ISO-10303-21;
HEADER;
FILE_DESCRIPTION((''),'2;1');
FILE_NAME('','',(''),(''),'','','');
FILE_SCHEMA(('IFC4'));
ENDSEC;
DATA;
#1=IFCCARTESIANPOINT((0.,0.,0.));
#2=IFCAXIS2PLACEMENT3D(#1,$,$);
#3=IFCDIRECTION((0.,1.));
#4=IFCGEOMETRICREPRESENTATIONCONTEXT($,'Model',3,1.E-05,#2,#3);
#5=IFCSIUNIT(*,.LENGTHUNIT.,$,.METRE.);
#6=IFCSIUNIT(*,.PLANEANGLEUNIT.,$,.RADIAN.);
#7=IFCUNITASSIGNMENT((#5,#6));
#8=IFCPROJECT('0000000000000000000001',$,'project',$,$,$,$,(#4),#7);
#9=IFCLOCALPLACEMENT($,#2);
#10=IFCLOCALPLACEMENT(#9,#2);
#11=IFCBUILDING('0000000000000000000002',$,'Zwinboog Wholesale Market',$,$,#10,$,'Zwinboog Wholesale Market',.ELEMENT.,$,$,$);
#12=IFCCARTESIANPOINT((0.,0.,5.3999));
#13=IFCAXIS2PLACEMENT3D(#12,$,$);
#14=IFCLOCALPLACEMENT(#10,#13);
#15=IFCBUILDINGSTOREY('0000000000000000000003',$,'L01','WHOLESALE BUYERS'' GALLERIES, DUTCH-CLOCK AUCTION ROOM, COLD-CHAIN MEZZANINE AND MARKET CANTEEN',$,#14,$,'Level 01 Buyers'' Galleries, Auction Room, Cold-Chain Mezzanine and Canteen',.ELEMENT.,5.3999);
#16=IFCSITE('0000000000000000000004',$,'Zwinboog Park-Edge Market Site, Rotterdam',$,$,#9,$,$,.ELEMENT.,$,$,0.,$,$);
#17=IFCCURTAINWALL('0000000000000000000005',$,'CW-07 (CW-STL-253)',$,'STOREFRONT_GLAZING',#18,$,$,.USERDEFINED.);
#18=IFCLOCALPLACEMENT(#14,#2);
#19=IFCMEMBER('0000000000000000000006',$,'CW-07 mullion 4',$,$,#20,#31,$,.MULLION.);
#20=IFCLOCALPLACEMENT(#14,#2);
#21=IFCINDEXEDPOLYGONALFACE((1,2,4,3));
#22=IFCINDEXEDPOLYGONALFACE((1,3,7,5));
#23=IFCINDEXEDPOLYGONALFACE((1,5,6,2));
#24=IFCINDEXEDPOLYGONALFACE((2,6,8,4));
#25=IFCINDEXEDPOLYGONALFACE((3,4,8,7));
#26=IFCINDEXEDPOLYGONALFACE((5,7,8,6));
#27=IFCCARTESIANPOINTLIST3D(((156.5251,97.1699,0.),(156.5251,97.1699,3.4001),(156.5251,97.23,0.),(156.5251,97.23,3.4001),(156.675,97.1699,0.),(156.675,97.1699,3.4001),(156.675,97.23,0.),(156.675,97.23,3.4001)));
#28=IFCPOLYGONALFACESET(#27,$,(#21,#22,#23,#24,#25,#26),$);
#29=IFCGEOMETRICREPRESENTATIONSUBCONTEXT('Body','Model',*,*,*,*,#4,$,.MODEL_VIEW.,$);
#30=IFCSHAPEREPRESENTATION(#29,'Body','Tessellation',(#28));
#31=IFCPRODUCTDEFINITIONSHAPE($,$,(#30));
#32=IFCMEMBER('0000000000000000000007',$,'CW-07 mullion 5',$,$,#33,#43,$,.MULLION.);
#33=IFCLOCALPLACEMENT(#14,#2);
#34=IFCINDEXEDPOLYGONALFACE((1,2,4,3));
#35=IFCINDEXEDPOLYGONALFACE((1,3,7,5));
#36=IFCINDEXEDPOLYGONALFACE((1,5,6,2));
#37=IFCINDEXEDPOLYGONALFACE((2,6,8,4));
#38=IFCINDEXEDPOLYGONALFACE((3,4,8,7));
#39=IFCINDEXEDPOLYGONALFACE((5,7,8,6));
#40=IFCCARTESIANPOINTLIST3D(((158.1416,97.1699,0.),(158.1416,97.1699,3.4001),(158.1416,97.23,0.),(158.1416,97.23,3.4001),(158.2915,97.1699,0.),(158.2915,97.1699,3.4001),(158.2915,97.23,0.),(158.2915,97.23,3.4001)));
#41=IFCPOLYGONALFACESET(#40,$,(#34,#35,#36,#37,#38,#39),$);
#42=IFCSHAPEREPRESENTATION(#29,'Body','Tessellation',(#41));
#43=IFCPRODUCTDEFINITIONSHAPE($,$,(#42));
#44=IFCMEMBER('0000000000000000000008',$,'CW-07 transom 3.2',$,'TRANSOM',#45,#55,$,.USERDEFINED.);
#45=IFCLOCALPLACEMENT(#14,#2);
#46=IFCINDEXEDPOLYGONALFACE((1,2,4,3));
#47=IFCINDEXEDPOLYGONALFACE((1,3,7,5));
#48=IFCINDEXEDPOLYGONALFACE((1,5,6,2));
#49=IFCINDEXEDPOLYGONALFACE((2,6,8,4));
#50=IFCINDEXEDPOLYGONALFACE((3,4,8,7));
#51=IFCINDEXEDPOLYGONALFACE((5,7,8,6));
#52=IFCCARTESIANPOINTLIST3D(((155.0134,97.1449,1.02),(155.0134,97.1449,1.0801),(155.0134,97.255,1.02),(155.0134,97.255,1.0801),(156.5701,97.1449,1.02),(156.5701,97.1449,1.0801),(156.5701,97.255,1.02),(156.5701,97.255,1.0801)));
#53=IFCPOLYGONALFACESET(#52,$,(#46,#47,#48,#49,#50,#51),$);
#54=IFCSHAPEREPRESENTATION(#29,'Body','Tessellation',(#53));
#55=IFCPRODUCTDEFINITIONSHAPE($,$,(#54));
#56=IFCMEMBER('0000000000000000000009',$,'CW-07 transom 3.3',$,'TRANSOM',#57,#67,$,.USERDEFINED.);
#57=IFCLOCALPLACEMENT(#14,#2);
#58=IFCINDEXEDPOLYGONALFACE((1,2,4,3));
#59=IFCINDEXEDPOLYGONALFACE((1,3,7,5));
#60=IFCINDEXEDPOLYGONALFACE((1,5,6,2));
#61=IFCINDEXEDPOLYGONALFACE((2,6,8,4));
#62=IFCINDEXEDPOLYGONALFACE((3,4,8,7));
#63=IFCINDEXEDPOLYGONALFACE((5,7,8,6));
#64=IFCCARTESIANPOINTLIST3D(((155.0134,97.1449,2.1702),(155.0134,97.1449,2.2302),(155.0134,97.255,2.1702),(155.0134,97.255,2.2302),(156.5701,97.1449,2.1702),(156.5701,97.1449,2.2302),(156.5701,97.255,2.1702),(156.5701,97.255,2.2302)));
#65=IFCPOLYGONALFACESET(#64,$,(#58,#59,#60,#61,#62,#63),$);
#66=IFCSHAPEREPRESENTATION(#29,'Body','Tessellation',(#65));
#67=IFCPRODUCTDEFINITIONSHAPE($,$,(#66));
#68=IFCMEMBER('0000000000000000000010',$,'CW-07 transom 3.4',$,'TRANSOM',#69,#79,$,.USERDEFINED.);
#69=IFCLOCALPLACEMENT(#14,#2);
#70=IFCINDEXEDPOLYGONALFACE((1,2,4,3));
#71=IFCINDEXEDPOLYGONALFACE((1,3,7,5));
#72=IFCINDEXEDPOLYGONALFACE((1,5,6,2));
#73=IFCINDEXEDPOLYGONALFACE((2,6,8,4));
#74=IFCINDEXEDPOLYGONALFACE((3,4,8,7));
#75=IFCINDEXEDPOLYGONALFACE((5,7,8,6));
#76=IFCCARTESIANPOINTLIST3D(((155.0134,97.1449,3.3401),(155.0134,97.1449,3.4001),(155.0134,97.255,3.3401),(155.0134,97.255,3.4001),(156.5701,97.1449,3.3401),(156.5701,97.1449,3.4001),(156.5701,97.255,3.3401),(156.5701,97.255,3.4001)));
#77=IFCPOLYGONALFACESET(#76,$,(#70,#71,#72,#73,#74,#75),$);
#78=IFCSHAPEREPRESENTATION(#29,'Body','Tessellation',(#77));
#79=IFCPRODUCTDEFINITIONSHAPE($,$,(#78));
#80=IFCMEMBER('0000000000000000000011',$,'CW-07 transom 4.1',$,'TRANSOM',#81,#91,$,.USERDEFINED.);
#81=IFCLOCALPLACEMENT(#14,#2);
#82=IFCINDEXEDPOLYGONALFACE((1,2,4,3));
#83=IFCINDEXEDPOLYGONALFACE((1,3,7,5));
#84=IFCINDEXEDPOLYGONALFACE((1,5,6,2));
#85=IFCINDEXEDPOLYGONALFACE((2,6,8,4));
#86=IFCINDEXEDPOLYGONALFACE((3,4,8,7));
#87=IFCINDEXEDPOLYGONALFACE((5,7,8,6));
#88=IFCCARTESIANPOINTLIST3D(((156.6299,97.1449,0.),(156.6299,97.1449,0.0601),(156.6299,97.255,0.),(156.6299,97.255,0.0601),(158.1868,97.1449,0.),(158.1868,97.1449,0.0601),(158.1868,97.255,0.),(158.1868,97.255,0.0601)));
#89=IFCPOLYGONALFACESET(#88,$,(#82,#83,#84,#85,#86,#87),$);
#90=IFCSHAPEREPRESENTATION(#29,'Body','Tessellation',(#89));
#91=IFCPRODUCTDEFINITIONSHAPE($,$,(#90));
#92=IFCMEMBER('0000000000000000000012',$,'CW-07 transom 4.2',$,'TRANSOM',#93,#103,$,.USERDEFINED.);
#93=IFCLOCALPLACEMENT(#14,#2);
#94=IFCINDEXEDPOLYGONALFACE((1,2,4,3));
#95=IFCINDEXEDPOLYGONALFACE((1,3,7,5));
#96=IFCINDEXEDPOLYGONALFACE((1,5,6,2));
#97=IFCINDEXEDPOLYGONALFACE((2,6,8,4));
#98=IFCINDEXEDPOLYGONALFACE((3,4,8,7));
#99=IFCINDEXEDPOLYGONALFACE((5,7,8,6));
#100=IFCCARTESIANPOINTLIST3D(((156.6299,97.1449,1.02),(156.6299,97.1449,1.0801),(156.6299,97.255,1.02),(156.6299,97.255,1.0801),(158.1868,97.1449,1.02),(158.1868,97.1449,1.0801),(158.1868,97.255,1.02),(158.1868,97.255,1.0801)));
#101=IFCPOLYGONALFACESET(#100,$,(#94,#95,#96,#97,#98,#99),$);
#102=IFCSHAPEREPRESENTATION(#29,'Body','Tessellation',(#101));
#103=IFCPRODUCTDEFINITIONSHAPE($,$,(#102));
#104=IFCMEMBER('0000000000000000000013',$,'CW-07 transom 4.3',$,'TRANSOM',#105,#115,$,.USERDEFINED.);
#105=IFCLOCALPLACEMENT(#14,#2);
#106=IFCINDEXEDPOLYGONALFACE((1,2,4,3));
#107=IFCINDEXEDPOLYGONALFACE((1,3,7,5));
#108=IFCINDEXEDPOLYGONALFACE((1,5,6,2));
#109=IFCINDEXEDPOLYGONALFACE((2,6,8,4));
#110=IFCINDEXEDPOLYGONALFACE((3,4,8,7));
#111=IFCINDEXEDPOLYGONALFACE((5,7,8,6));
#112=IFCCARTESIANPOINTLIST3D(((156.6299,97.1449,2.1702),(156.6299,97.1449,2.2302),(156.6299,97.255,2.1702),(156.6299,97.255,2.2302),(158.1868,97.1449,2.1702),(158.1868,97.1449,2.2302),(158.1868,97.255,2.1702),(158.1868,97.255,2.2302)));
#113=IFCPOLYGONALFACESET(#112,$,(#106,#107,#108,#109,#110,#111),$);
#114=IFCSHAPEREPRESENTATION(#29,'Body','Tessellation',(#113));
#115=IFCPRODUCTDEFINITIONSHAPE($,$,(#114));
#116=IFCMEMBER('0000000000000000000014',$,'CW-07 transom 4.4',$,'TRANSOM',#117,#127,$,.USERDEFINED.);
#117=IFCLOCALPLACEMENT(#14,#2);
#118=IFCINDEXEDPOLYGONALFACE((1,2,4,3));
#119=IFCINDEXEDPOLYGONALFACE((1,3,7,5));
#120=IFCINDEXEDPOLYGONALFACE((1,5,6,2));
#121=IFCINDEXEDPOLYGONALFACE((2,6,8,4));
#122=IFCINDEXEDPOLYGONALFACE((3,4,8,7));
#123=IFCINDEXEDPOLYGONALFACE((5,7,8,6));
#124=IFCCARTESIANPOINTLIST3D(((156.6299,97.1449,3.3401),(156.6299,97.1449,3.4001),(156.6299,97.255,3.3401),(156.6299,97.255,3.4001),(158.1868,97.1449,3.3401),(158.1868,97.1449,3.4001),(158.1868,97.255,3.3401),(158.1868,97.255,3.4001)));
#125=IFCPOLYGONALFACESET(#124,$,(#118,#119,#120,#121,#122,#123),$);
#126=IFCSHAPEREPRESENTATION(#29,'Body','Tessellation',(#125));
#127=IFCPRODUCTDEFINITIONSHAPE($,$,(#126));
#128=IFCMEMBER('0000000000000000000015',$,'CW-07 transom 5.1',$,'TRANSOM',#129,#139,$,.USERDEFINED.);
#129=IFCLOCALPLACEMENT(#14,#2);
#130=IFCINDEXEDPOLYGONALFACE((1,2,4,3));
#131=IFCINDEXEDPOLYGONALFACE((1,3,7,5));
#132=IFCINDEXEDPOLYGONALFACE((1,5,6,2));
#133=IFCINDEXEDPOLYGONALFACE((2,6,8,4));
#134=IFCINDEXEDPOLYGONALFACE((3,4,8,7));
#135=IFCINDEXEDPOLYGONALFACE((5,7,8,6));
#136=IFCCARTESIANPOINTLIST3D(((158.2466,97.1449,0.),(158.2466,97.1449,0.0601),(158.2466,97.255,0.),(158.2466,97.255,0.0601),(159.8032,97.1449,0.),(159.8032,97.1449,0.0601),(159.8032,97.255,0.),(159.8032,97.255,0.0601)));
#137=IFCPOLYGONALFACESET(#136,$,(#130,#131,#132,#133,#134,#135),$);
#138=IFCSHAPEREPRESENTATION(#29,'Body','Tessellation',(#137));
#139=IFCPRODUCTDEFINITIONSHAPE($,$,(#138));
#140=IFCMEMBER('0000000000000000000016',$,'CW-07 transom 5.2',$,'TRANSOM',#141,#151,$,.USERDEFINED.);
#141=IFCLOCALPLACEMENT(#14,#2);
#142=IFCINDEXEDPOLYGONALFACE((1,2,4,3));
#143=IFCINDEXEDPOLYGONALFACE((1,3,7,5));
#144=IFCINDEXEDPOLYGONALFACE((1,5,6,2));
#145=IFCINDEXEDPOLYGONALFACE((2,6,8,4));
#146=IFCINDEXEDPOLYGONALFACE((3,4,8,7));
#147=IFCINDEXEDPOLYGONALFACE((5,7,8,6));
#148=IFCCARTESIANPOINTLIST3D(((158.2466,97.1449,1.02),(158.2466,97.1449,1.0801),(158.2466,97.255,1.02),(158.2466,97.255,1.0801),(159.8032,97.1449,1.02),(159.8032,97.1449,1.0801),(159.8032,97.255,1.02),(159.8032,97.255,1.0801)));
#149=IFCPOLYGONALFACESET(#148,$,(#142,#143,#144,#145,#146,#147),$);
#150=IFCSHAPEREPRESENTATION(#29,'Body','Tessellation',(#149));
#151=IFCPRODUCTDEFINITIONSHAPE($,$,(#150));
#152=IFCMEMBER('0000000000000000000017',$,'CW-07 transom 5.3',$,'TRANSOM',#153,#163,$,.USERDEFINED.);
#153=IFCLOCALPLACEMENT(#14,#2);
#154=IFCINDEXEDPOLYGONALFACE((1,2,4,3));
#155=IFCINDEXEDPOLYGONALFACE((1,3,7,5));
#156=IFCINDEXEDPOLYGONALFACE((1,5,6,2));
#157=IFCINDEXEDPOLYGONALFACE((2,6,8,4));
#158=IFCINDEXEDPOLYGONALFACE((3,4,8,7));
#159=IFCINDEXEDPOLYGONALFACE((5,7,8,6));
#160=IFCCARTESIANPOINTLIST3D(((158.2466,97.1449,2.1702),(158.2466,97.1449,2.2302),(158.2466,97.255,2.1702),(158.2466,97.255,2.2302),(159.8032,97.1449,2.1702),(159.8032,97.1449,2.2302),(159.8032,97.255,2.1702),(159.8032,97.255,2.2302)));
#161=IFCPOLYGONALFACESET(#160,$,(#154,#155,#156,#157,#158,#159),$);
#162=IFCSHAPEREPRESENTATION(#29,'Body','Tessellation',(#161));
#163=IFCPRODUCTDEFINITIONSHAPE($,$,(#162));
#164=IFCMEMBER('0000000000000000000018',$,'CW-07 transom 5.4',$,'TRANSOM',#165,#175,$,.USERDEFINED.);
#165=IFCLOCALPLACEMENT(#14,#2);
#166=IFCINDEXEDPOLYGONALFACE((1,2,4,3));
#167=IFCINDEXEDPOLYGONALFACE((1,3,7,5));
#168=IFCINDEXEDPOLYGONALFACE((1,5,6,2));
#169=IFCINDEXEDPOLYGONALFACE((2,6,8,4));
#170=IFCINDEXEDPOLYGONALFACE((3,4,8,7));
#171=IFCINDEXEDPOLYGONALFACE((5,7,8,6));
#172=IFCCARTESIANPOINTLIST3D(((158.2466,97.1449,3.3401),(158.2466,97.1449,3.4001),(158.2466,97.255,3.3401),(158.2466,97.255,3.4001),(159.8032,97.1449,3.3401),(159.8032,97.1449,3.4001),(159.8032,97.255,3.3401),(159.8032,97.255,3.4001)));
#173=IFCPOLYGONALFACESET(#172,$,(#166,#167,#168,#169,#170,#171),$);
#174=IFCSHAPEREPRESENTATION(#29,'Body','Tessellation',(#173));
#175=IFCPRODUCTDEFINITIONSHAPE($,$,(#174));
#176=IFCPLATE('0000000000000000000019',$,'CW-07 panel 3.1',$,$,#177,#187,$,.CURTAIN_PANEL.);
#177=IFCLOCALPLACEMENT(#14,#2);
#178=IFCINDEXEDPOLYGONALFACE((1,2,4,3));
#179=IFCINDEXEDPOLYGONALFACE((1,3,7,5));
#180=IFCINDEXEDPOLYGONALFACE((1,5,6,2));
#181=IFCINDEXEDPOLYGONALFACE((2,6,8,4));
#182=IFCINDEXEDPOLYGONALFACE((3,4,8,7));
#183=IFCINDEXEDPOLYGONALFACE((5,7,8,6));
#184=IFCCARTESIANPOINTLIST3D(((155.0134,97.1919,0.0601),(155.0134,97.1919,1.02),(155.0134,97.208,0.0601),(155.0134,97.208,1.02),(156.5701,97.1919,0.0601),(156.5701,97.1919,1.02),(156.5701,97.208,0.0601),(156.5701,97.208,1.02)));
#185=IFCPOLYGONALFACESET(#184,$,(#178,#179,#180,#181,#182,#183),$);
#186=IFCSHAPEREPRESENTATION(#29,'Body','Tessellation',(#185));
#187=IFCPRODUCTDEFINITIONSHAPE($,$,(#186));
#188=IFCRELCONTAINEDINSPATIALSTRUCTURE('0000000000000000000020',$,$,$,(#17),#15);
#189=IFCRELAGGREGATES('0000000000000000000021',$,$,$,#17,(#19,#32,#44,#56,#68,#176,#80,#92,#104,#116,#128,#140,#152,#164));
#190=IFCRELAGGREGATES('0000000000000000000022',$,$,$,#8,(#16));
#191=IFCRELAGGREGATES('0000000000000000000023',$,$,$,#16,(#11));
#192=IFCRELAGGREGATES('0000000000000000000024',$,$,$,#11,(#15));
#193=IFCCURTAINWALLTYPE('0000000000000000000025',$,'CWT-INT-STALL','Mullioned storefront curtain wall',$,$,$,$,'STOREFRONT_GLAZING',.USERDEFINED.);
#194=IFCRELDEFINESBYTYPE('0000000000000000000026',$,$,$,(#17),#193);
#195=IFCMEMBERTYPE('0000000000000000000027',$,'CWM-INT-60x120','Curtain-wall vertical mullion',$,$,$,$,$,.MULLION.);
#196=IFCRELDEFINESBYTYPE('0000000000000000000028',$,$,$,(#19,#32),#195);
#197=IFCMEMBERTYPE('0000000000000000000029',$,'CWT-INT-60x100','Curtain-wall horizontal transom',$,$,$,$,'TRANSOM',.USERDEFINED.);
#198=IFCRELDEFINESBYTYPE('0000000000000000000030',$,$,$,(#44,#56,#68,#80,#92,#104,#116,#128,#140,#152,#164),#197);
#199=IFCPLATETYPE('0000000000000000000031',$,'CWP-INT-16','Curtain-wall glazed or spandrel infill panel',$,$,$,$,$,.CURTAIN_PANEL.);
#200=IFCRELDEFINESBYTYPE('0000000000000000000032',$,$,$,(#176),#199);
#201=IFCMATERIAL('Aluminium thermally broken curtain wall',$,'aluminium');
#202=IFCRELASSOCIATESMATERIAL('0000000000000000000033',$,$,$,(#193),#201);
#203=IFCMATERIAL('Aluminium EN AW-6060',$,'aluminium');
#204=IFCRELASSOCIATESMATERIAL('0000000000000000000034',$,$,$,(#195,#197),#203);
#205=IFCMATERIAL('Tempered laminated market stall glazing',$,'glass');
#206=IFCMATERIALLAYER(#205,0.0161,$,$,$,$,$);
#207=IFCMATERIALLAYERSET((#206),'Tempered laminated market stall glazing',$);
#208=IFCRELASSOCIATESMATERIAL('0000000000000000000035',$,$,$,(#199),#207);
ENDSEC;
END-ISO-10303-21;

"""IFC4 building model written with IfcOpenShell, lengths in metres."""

from ifc_helpers import new_model, si_unit, direction, frame, origin, origin_2d, place, context, subcontext, project, spatial, rectangle, extrude, material, layer, layer_set, material_profile, profile_set, type_object, element, aggregate, save


model = new_model("IFC4")

# Units and contexts
model_context = context("Model", 3, precision=1e-05, world=origin(), true_north=direction((0.0, 1.0)))
body_context = subcontext(model_context, "Body", "Model", "MODEL_VIEW")
ifc_project = project(units=[si_unit("LENGTHUNIT", "METRE"), si_unit("PLANEANGLEUNIT", "RADIAN")], contexts=[model_context])

# Site, building, storey
site_placement = place(None, origin())
site = spatial("IfcSite", under=ifc_project, at=site_placement, Name="Zwinboog Park-Edge Market Site, Rotterdam", CompositionType="ELEMENT", RefElevation=0.0)
building_placement = place(site_placement, origin())
building = spatial("IfcBuilding", under=site, at=building_placement, Name="Zwinboog Wholesale Market", LongName="Zwinboog Wholesale Market", CompositionType="ELEMENT")
storey_placement = place(building_placement, frame((0.0, 0.0, 5.3999)))
storey = spatial("IfcBuildingStorey", under=building, at=storey_placement, Name="L01", Description="WHOLESALE BUYERS' GALLERIES, DUTCH-CLOCK AUCTION ROOM, COLD-CHAIN MEZZANINE AND MARKET CANTEEN", LongName="Level 01 Buyers' Galleries, Auction Room, Cold-Chain Mezzanine and Canteen", CompositionType="ELEMENT", Elevation=5.3999)

# Curtain wall, members, plate
ifc_material_1 = material(Name="Aluminium thermally broken curtain wall", Category="aluminium")
curtain_wall_type = type_object("IfcCurtainWallType", Name="CWT-INT-STALL", Description="Mullioned storefront curtain wall", ElementType="STOREFRONT_GLAZING", PredefinedType="USERDEFINED", material=ifc_material_1)
curtain_wall_placement = place(storey_placement, origin())
curtain_wall = element("IfcCurtainWall", 1, at=curtain_wall_placement, inside=storey, type_object=curtain_wall_type, Name="CW-07 (CW-STL-253)", ObjectType="STOREFRONT_GLAZING", PredefinedType="USERDEFINED")
ifc_material_2 = material(Name="Aluminium EN AW-6060", Category="aluminium")
ifc_material_profile_1 = material_profile(ifc_material_2, rectangle(XDim=0.0601, YDim=0.1499, at=origin_2d()), Name="AL 60x150")
ifc_profile_set_1 = profile_set([ifc_material_profile_1], Name="Aluminium EN AW-6060")
member_type_1 = type_object("IfcMemberType", Name="CWM-INT-60x120", Description="Curtain-wall vertical mullion", PredefinedType="MULLION", material=ifc_profile_set_1)
member_1_placement = place(storey_placement, frame((156.6001, 97.2, 0.0), z_axis=(0.0, 0.0, 1.0), x_axis=(0.0, 1.0, 0.0)))
member_1 = element("IfcMember", 2, at=member_1_placement, type_object=member_type_1, Name="CW-07 mullion 4", PredefinedType="MULLION", context=body_context, shape_type="SweptSolid", body=[
    extrude(rectangle(XDim=0.0601, YDim=0.1499, at=origin_2d()), origin(), (0.0, 0.0, 1.0), 3.4001),
])
member_2_placement = place(storey_placement, frame((158.2166, 97.2, 0.0), z_axis=(0.0, 0.0, 1.0), x_axis=(0.0, 1.0, 0.0)))
member_2 = element("IfcMember", 3, at=member_2_placement, type_object=member_type_1, Name="CW-07 mullion 5", PredefinedType="MULLION", context=body_context, shape_type="SweptSolid", body=[
    extrude(rectangle(XDim=0.0601, YDim=0.1499, at=origin_2d()), origin(), (0.0, 0.0, 1.0), 3.4001),
])
ifc_material_profile_2 = material_profile(ifc_material_2, rectangle(XDim=0.1101, YDim=0.0601, at=origin_2d()), Name="AL 60x110")
ifc_profile_set_2 = profile_set([ifc_material_profile_2], Name="Aluminium EN AW-6060")
member_type_2 = type_object("IfcMemberType", Name="CWT-INT-60x100", Description="Curtain-wall horizontal transom", ElementType="TRANSOM", PredefinedType="USERDEFINED", material=ifc_profile_set_2)
member_3_placement = place(storey_placement, frame((155.0134, 97.2, 1.05), z_axis=(1.0, 0.0, 0.0), x_axis=(0.0, 1.0, 0.0)))
member_3 = element("IfcMember", 4, at=member_3_placement, type_object=member_type_2, Name="CW-07 transom 3.2", ObjectType="TRANSOM", PredefinedType="USERDEFINED", context=body_context, shape_type="SweptSolid", body=[
    extrude(rectangle(XDim=0.1101, YDim=0.0601, at=origin_2d()), origin(), (0.0, 0.0, 1.0), 1.5566),
])
member_4_placement = place(storey_placement, frame((155.0134, 97.2, 2.2002), z_axis=(1.0, 0.0, 0.0), x_axis=(0.0, 1.0, 0.0)))
member_4 = element("IfcMember", 5, at=member_4_placement, type_object=member_type_2, Name="CW-07 transom 3.3", ObjectType="TRANSOM", PredefinedType="USERDEFINED", context=body_context, shape_type="SweptSolid", body=[
    extrude(rectangle(XDim=0.1101, YDim=0.0601, at=origin_2d()), origin(), (0.0, 0.0, 1.0), 1.5566),
])
member_5_placement = place(storey_placement, frame((155.0134, 97.2, 3.3701), z_axis=(1.0, 0.0, 0.0), x_axis=(0.0, 1.0, 0.0)))
member_5 = element("IfcMember", 6, at=member_5_placement, type_object=member_type_2, Name="CW-07 transom 3.4", ObjectType="TRANSOM", PredefinedType="USERDEFINED", context=body_context, shape_type="SweptSolid", body=[
    extrude(rectangle(XDim=0.1101, YDim=0.0601, at=origin_2d()), origin(), (0.0, 0.0, 1.0), 1.5566),
])
member_6_placement = place(storey_placement, frame((156.6299, 97.2, 0.03), z_axis=(1.0, 0.0, 0.0), x_axis=(0.0, 1.0, 0.0)))
member_6 = element("IfcMember", 7, at=member_6_placement, type_object=member_type_2, Name="CW-07 transom 4.1", ObjectType="TRANSOM", PredefinedType="USERDEFINED", context=body_context, shape_type="SweptSolid", body=[
    extrude(rectangle(XDim=0.1101, YDim=0.0601, at=origin_2d()), origin(), (0.0, 0.0, 1.0), 1.5569),
])
member_7_placement = place(storey_placement, frame((156.6299, 97.2, 1.05), z_axis=(1.0, 0.0, 0.0), x_axis=(0.0, 1.0, 0.0)))
member_7 = element("IfcMember", 8, at=member_7_placement, type_object=member_type_2, Name="CW-07 transom 4.2", ObjectType="TRANSOM", PredefinedType="USERDEFINED", context=body_context, shape_type="SweptSolid", body=[
    extrude(rectangle(XDim=0.1101, YDim=0.0601, at=origin_2d()), origin(), (0.0, 0.0, 1.0), 1.5569),
])
member_8_placement = place(storey_placement, frame((156.6299, 97.2, 2.2002), z_axis=(1.0, 0.0, 0.0), x_axis=(0.0, 1.0, 0.0)))
member_8 = element("IfcMember", 9, at=member_8_placement, type_object=member_type_2, Name="CW-07 transom 4.3", ObjectType="TRANSOM", PredefinedType="USERDEFINED", context=body_context, shape_type="SweptSolid", body=[
    extrude(rectangle(XDim=0.1101, YDim=0.0601, at=origin_2d()), origin(), (0.0, 0.0, 1.0), 1.5569),
])
member_9_placement = place(storey_placement, frame((156.6299, 97.2, 3.3701), z_axis=(1.0, 0.0, 0.0), x_axis=(0.0, 1.0, 0.0)))
member_9 = element("IfcMember", 10, at=member_9_placement, type_object=member_type_2, Name="CW-07 transom 4.4", ObjectType="TRANSOM", PredefinedType="USERDEFINED", context=body_context, shape_type="SweptSolid", body=[
    extrude(rectangle(XDim=0.1101, YDim=0.0601, at=origin_2d()), origin(), (0.0, 0.0, 1.0), 1.5569),
])
member_10_placement = place(storey_placement, frame((158.2466, 97.2, 0.03), z_axis=(1.0, 0.0, 0.0), x_axis=(0.0, 1.0, 0.0)))
member_10 = element("IfcMember", 11, at=member_10_placement, type_object=member_type_2, Name="CW-07 transom 5.1", ObjectType="TRANSOM", PredefinedType="USERDEFINED", context=body_context, shape_type="SweptSolid", body=[
    extrude(rectangle(XDim=0.1101, YDim=0.0601, at=origin_2d()), origin(), (0.0, 0.0, 1.0), 1.5566),
])
member_11_placement = place(storey_placement, frame((158.2466, 97.2, 1.05), z_axis=(1.0, 0.0, 0.0), x_axis=(0.0, 1.0, 0.0)))
member_11 = element("IfcMember", 12, at=member_11_placement, type_object=member_type_2, Name="CW-07 transom 5.2", ObjectType="TRANSOM", PredefinedType="USERDEFINED", context=body_context, shape_type="SweptSolid", body=[
    extrude(rectangle(XDim=0.1101, YDim=0.0601, at=origin_2d()), origin(), (0.0, 0.0, 1.0), 1.5566),
])
member_12_placement = place(storey_placement, frame((158.2466, 97.2, 2.2002), z_axis=(1.0, 0.0, 0.0), x_axis=(0.0, 1.0, 0.0)))
member_12 = element("IfcMember", 13, at=member_12_placement, type_object=member_type_2, Name="CW-07 transom 5.3", ObjectType="TRANSOM", PredefinedType="USERDEFINED", context=body_context, shape_type="SweptSolid", body=[
    extrude(rectangle(XDim=0.1101, YDim=0.0601, at=origin_2d()), origin(), (0.0, 0.0, 1.0), 1.5566),
])
member_13_placement = place(storey_placement, frame((158.2466, 97.2, 3.3701), z_axis=(1.0, 0.0, 0.0), x_axis=(0.0, 1.0, 0.0)))
member_13 = element("IfcMember", 14, at=member_13_placement, type_object=member_type_2, Name="CW-07 transom 5.4", ObjectType="TRANSOM", PredefinedType="USERDEFINED", context=body_context, shape_type="SweptSolid", body=[
    extrude(rectangle(XDim=0.1101, YDim=0.0601, at=origin_2d()), origin(), (0.0, 0.0, 1.0), 1.5566),
])
ifc_material_3 = material(Name="Tempered laminated market stall glazing", Category="glass")
ifc_layer = layer(ifc_material_3, 0.0161)
ifc_layer_set = layer_set([ifc_layer], Name="Tempered laminated market stall glazing")
plate_type = type_object("IfcPlateType", Name="CWP-INT-16", Description="Curtain-wall glazed or spandrel infill panel", PredefinedType="CURTAIN_PANEL", material=ifc_layer_set)
plate_1_placement = place(storey_placement, frame((155.7917, 97.2, 0.0601), z_axis=(0.0, 0.0, 1.0), x_axis=(1.0, 0.0, 0.0)))
plate_1 = element("IfcPlate", 15, at=plate_1_placement, type_object=plate_type, Name="CW-07 panel 3.1", PredefinedType="CURTAIN_PANEL", context=body_context, shape_type="SweptSolid", body=[
    extrude(rectangle(XDim=1.5566, YDim=0.0161, at=origin_2d()), origin(), (0.0, 0.0, 1.0), 0.96),
])
aggregate(curtain_wall, [member_1, member_2, member_3, member_4, member_5, plate_1, member_6, member_7, member_8, member_9, member_10, member_11, member_12, member_13])

save(model, "model.ifc")
